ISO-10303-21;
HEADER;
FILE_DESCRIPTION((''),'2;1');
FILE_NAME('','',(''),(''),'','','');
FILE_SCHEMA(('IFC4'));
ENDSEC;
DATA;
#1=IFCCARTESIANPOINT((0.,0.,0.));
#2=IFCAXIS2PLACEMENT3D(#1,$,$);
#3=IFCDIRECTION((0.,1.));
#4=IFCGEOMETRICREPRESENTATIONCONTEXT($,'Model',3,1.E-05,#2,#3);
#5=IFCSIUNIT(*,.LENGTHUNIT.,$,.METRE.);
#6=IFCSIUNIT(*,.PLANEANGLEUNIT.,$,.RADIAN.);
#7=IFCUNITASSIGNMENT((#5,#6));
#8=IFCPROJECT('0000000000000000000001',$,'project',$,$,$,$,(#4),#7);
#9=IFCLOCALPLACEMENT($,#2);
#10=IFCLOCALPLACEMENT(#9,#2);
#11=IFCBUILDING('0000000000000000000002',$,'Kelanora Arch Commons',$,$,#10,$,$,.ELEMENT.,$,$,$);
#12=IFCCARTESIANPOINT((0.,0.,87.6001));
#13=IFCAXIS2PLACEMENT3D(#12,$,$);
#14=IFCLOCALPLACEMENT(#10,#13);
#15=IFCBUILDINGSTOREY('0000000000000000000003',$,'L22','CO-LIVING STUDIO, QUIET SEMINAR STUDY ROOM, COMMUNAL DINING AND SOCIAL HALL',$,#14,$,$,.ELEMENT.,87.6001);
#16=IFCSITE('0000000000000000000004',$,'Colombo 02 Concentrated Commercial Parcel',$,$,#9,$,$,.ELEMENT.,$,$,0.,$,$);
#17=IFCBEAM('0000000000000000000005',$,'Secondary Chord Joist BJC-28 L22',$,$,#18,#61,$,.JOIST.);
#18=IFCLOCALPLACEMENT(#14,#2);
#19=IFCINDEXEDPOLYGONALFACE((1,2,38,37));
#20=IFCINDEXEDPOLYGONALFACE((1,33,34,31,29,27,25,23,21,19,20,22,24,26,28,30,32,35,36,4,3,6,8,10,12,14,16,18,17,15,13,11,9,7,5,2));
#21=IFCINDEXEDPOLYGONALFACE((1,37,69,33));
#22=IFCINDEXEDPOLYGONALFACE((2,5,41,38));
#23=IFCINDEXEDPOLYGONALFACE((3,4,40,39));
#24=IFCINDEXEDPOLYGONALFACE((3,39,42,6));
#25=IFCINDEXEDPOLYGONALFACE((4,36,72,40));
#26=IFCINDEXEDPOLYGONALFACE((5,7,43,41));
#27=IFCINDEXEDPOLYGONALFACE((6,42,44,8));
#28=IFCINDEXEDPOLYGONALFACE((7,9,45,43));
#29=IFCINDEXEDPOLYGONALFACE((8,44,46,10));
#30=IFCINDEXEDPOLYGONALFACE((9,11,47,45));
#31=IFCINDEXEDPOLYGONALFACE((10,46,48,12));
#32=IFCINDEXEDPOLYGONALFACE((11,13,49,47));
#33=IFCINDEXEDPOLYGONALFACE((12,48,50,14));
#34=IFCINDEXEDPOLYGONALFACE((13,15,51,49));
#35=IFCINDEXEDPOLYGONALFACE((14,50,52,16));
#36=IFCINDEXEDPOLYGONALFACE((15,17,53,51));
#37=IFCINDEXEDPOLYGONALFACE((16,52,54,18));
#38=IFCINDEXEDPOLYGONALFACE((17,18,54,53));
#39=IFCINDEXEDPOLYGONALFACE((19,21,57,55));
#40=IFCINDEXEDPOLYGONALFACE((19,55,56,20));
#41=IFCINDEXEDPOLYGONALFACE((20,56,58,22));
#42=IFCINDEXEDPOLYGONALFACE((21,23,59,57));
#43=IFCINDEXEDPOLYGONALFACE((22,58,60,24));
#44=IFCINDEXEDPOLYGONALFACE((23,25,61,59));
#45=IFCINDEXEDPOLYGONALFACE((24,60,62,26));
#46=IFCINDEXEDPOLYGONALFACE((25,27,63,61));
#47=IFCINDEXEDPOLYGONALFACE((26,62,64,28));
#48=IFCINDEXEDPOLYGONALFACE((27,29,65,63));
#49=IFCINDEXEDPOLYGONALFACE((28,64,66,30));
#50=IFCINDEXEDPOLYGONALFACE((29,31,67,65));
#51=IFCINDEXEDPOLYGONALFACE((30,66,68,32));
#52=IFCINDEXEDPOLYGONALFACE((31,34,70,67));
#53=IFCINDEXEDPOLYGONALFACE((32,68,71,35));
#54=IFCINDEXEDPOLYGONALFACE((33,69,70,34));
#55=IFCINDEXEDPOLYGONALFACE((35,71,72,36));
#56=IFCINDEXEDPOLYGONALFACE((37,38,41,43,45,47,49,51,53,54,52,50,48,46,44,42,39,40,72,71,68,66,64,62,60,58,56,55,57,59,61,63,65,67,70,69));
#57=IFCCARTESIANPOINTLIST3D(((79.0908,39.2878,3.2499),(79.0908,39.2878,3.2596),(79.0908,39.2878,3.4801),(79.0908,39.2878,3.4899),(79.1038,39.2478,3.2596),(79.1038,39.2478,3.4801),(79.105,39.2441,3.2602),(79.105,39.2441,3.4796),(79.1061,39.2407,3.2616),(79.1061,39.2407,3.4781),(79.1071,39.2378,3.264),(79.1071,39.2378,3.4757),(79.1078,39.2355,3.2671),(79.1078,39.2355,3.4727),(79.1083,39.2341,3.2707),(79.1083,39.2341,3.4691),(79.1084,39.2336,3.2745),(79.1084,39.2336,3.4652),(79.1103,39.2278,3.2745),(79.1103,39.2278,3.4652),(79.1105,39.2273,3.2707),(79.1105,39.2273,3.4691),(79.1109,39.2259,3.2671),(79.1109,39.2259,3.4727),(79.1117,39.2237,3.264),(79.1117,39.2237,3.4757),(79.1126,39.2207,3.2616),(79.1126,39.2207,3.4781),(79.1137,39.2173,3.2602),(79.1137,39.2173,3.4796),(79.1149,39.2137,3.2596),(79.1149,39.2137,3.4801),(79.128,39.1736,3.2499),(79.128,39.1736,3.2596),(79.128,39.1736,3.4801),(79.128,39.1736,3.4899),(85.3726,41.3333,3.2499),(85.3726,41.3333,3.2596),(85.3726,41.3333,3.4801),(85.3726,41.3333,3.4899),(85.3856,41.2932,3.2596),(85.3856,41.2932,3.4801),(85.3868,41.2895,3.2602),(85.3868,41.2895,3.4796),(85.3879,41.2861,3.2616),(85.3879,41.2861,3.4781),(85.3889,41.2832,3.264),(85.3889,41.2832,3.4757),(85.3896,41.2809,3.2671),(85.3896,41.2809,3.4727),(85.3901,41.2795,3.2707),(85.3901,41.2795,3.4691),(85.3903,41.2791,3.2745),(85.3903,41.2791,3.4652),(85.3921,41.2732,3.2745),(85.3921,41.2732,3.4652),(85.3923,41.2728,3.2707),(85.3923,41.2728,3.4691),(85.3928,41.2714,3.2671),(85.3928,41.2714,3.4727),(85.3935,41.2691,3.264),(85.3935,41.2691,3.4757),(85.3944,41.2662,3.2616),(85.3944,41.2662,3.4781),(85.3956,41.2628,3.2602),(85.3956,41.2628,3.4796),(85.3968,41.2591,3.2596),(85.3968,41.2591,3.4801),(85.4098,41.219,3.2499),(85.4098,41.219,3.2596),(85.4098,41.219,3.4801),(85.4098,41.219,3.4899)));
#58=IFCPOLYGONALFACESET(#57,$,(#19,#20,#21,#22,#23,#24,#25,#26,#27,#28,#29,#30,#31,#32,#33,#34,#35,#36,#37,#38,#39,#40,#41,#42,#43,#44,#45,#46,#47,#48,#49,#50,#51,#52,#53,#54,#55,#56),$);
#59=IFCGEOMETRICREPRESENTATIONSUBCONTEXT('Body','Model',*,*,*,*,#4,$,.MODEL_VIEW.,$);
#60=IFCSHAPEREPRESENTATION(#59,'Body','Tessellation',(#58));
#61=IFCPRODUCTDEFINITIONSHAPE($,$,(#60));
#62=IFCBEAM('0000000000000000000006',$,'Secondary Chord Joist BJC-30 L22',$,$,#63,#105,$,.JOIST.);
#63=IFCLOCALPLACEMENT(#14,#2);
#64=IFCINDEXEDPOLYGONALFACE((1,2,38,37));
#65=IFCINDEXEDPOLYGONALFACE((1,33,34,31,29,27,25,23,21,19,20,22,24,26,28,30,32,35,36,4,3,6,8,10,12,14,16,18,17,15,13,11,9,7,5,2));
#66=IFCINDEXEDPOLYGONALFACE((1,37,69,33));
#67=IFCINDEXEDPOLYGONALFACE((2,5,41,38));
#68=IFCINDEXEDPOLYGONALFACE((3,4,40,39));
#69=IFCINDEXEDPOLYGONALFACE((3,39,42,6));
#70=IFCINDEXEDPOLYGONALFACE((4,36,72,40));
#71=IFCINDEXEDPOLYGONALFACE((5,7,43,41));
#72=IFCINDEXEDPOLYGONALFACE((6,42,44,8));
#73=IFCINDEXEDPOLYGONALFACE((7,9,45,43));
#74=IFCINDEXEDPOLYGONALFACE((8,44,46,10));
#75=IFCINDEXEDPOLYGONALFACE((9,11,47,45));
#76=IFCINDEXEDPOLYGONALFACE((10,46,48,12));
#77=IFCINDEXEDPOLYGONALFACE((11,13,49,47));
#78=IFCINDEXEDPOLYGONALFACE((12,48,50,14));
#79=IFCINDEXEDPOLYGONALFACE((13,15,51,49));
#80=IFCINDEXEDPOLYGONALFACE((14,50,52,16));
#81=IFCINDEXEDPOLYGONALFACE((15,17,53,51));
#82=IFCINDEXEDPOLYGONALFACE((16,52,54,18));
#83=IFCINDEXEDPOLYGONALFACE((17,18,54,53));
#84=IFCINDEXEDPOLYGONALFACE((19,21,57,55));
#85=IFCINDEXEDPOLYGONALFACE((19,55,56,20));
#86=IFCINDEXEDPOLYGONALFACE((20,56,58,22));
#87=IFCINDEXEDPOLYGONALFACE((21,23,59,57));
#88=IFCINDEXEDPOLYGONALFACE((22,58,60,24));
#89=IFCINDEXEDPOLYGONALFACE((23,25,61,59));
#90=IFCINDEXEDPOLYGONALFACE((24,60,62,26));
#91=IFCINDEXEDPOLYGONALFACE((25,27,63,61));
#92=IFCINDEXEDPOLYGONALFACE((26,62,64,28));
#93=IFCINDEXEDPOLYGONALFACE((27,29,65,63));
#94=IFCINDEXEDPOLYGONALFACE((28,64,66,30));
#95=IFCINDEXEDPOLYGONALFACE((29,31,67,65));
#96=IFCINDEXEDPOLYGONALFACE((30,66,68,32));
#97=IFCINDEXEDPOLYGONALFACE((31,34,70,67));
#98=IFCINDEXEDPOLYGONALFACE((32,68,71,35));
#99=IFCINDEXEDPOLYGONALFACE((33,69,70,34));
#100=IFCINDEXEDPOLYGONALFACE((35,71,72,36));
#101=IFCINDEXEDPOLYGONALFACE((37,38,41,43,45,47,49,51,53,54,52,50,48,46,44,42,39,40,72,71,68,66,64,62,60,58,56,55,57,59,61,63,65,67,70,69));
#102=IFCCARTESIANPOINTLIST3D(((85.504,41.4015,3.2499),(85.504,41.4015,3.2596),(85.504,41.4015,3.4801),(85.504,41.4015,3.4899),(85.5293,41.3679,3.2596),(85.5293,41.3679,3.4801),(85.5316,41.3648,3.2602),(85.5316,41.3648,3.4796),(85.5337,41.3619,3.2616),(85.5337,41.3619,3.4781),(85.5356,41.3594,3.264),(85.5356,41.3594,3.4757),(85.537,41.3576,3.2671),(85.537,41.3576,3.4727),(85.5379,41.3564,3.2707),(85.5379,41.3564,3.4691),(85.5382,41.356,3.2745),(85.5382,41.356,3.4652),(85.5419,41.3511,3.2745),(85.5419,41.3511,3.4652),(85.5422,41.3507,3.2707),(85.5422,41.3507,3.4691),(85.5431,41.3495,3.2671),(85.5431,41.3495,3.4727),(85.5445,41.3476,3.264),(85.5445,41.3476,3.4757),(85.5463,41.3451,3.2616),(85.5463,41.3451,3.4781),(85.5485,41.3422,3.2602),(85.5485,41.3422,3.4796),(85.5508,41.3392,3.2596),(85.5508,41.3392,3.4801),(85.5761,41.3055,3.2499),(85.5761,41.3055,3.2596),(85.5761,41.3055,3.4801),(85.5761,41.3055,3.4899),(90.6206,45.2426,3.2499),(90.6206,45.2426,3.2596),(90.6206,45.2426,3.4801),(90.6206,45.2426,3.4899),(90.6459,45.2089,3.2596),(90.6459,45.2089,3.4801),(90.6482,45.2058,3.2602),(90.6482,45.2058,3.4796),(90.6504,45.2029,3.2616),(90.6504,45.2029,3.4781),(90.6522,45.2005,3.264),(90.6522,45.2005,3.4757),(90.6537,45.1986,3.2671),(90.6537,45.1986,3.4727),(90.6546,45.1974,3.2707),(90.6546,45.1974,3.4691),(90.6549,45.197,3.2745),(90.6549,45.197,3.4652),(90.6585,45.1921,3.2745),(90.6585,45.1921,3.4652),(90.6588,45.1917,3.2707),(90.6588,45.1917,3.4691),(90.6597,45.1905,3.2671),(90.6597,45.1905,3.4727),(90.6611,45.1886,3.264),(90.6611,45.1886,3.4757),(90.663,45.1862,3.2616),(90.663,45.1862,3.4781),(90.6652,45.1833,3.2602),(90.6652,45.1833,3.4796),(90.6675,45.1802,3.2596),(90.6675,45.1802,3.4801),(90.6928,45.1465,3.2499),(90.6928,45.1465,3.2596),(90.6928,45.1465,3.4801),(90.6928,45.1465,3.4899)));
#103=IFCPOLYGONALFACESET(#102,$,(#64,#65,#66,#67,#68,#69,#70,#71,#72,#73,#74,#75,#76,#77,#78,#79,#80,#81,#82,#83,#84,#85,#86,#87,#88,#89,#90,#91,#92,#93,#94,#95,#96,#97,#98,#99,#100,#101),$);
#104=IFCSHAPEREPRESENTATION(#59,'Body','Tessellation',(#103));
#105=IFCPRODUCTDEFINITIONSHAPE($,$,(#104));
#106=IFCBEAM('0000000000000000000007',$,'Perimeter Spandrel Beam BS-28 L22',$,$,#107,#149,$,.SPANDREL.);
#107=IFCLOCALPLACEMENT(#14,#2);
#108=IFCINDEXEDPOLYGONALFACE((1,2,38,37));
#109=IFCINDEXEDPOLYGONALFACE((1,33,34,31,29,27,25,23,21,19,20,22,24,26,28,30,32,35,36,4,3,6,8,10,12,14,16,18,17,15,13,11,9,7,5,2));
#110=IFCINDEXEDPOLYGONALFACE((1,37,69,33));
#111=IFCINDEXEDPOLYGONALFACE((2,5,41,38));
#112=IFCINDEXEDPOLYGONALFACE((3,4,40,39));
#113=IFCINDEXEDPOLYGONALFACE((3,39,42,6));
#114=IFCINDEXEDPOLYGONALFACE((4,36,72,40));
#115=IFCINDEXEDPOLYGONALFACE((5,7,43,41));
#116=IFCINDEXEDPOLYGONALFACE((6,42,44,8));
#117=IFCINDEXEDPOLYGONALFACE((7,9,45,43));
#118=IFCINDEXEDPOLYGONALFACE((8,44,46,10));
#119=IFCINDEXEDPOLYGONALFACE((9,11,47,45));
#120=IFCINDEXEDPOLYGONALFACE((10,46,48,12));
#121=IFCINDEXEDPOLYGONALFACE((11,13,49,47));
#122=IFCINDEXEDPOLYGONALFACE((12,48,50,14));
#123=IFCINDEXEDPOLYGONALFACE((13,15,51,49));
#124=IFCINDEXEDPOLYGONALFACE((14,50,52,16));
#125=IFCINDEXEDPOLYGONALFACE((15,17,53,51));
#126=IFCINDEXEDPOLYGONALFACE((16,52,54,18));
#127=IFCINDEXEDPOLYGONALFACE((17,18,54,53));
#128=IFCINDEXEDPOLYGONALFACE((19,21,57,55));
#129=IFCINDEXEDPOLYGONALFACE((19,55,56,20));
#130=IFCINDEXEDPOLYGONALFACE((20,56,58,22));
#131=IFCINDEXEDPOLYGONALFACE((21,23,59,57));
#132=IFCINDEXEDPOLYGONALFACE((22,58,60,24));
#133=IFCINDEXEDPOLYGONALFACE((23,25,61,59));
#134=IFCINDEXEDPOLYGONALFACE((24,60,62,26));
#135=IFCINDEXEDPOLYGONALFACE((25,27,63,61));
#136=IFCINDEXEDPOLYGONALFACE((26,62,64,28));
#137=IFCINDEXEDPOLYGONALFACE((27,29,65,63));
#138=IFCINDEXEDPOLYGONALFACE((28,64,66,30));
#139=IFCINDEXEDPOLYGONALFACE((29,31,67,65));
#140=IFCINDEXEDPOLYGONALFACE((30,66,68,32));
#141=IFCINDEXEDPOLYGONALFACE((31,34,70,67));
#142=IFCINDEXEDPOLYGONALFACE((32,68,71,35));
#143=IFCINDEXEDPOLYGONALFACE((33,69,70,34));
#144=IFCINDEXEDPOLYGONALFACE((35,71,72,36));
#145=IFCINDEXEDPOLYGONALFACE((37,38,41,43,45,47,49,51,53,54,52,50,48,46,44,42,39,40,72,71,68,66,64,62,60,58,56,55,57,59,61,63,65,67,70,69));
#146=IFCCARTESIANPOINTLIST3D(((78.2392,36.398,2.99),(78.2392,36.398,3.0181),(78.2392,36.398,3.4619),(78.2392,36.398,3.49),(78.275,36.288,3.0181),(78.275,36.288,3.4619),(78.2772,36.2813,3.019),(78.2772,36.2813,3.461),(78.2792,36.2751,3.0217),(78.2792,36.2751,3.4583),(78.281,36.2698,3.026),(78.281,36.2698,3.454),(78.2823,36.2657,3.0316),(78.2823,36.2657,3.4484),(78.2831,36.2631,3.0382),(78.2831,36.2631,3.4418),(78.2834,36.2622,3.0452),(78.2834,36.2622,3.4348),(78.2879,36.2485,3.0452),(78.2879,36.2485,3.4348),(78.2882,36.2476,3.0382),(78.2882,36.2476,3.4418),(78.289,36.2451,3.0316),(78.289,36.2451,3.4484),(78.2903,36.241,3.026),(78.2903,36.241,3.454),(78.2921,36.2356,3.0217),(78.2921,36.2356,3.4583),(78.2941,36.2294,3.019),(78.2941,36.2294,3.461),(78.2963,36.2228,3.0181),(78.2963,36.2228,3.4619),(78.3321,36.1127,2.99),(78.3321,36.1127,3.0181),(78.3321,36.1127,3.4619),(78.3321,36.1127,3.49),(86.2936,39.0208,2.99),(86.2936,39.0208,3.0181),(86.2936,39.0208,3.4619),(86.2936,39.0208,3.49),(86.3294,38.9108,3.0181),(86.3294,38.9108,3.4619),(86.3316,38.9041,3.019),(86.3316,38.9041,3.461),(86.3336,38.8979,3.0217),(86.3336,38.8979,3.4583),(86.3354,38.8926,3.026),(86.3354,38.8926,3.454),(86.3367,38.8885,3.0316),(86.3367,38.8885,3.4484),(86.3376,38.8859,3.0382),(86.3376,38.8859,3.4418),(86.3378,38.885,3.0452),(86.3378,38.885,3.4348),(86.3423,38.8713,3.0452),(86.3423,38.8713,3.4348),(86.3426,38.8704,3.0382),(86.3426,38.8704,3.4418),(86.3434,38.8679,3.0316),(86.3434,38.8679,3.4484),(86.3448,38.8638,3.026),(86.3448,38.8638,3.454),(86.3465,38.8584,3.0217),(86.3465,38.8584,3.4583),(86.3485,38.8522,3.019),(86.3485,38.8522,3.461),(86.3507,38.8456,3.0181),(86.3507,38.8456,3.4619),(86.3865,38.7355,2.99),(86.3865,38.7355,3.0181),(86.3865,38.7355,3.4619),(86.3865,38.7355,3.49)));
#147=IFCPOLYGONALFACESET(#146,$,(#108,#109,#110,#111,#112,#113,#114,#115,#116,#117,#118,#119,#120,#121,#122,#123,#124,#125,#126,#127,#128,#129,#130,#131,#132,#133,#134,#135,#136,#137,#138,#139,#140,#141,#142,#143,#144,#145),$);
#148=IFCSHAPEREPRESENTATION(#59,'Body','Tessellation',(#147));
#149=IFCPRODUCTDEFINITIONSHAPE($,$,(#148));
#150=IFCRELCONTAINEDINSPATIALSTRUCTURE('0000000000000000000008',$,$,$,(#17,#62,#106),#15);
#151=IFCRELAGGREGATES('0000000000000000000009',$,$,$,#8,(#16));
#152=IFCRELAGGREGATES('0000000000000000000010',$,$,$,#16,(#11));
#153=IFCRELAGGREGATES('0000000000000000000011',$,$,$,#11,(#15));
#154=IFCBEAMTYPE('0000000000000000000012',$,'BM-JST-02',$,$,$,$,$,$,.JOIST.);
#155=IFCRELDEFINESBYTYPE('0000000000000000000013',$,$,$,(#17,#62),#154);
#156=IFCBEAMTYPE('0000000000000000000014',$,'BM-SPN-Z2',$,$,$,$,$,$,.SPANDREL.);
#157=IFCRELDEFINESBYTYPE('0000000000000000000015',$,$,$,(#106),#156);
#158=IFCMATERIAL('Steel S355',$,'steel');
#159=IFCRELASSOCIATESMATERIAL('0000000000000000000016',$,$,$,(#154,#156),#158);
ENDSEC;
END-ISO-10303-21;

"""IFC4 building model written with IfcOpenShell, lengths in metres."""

from ifc_helpers import new_model, si_unit, direction, frame, origin, origin_2d, place, context, subcontext, project, spatial, i_section, extrude, material, material_profile, profile_set, type_object, element, save


model = new_model("IFC4")

# Units and contexts
model_context = context("Model", 3, precision=1e-05, world=origin(), true_north=direction((0.0, 1.0)))
body_context = subcontext(model_context, "Body", "Model", "MODEL_VIEW")
ifc_project = project(units=[si_unit("LENGTHUNIT", "METRE"), si_unit("PLANEANGLEUNIT", "RADIAN")], contexts=[model_context])

# Site, building, storey
site_placement = place(None, origin())
site = spatial("IfcSite", under=ifc_project, at=site_placement, Name="Colombo 02 Concentrated Commercial Parcel", CompositionType="ELEMENT", RefElevation=0.0)
building_placement = place(site_placement, origin())
building = spatial("IfcBuilding", under=site, at=building_placement, Name="Kelanora Arch Commons", CompositionType="ELEMENT")
storey_placement = place(building_placement, frame((0.0, 0.0, 87.6001)))
storey = spatial("IfcBuildingStorey", under=building, at=storey_placement, Name="L22", Description="CO-LIVING STUDIO, QUIET SEMINAR STUDY ROOM, COMMUNAL DINING AND SOCIAL HALL", CompositionType="ELEMENT", Elevation=87.6001)

# Beams
ifc_material_1 = material(Name="Steel S355", Category="steel")
ifc_material_profile_1 = material_profile(ifc_material_1, i_section(OverallWidth=0.1201, OverallDepth=0.24, WebThickness=0.0061, FlangeThickness=0.0098, FilletRadius=0.0149, at=origin_2d()), Name="IPE240")
ifc_profile_set_1 = profile_set([ifc_material_profile_1], Name="Steel S355")
beam_type_1 = type_object("IfcBeamType", Name="BM-JST-02", PredefinedType="JOIST", material=ifc_profile_set_1)
beam_1_placement = place(storey_placement, frame((79.1094, 39.2307, 3.3699), z_axis=(0.950863, 0.309612, 0.0), x_axis=(-0.309612, 0.950863, 0.0)))
element("IfcBeam", 1, at=beam_1_placement, inside=storey, type_object=beam_type_1, Name="Secondary Chord Joist BJC-28 L22", PredefinedType="JOIST", context=body_context, shape_type="SweptSolid", body=[
    extrude(i_section(OverallWidth=0.1201, OverallDepth=0.24, WebThickness=0.0061, FlangeThickness=0.0098, FilletRadius=0.0149, at=origin_2d()), origin(), (0.0, 0.0, 1.0), 6.6064),
])
beam_2_placement = place(storey_placement, frame((85.54, 41.3535, 3.3699), z_axis=(0.799734, 0.600354, 0.0), x_axis=(-0.600354, 0.799734, 0.0)))
element("IfcBeam", 2, at=beam_2_placement, inside=storey, type_object=beam_type_1, Name="Secondary Chord Joist BJC-30 L22", PredefinedType="JOIST", context=body_context, shape_type="SweptSolid", body=[
    extrude(i_section(OverallWidth=0.1201, OverallDepth=0.24, WebThickness=0.0061, FlangeThickness=0.0098, FilletRadius=0.0149, at=origin_2d()), origin(), (0.0, 0.0, 1.0), 6.3979),
])
ifc_material_profile_2 = material_profile(ifc_material_1, i_section(OverallWidth=0.3, OverallDepth=0.5, WebThickness=0.0144, FlangeThickness=0.0281, FilletRadius=0.0271, at=origin_2d()), Name="HEB500")
ifc_profile_set_2 = profile_set([ifc_material_profile_2], Name="Steel S355")
beam_type_2 = type_object("IfcBeamType", Name="BM-SPN-Z2", PredefinedType="SPANDREL", material=ifc_profile_set_2)
beam_3_placement = place(storey_placement, frame((78.2856, 36.2554, 3.24), z_axis=(0.950857, 0.309631, 0.0), x_axis=(-0.309631, 0.950857, 0.0)))
element("IfcBeam", 3, at=beam_3_placement, inside=storey, type_object=beam_type_2, Name="Perimeter Spandrel Beam BS-28 L22", PredefinedType="SPANDREL", context=body_context, shape_type="SweptSolid", body=[
    extrude(i_section(OverallWidth=0.3, OverallDepth=0.5, WebThickness=0.0144, FlangeThickness=0.0281, FilletRadius=0.0271, at=origin_2d()), origin(), (0.0, 0.0, 1.0), 8.4707),
])

save(model, "model.ifc")
